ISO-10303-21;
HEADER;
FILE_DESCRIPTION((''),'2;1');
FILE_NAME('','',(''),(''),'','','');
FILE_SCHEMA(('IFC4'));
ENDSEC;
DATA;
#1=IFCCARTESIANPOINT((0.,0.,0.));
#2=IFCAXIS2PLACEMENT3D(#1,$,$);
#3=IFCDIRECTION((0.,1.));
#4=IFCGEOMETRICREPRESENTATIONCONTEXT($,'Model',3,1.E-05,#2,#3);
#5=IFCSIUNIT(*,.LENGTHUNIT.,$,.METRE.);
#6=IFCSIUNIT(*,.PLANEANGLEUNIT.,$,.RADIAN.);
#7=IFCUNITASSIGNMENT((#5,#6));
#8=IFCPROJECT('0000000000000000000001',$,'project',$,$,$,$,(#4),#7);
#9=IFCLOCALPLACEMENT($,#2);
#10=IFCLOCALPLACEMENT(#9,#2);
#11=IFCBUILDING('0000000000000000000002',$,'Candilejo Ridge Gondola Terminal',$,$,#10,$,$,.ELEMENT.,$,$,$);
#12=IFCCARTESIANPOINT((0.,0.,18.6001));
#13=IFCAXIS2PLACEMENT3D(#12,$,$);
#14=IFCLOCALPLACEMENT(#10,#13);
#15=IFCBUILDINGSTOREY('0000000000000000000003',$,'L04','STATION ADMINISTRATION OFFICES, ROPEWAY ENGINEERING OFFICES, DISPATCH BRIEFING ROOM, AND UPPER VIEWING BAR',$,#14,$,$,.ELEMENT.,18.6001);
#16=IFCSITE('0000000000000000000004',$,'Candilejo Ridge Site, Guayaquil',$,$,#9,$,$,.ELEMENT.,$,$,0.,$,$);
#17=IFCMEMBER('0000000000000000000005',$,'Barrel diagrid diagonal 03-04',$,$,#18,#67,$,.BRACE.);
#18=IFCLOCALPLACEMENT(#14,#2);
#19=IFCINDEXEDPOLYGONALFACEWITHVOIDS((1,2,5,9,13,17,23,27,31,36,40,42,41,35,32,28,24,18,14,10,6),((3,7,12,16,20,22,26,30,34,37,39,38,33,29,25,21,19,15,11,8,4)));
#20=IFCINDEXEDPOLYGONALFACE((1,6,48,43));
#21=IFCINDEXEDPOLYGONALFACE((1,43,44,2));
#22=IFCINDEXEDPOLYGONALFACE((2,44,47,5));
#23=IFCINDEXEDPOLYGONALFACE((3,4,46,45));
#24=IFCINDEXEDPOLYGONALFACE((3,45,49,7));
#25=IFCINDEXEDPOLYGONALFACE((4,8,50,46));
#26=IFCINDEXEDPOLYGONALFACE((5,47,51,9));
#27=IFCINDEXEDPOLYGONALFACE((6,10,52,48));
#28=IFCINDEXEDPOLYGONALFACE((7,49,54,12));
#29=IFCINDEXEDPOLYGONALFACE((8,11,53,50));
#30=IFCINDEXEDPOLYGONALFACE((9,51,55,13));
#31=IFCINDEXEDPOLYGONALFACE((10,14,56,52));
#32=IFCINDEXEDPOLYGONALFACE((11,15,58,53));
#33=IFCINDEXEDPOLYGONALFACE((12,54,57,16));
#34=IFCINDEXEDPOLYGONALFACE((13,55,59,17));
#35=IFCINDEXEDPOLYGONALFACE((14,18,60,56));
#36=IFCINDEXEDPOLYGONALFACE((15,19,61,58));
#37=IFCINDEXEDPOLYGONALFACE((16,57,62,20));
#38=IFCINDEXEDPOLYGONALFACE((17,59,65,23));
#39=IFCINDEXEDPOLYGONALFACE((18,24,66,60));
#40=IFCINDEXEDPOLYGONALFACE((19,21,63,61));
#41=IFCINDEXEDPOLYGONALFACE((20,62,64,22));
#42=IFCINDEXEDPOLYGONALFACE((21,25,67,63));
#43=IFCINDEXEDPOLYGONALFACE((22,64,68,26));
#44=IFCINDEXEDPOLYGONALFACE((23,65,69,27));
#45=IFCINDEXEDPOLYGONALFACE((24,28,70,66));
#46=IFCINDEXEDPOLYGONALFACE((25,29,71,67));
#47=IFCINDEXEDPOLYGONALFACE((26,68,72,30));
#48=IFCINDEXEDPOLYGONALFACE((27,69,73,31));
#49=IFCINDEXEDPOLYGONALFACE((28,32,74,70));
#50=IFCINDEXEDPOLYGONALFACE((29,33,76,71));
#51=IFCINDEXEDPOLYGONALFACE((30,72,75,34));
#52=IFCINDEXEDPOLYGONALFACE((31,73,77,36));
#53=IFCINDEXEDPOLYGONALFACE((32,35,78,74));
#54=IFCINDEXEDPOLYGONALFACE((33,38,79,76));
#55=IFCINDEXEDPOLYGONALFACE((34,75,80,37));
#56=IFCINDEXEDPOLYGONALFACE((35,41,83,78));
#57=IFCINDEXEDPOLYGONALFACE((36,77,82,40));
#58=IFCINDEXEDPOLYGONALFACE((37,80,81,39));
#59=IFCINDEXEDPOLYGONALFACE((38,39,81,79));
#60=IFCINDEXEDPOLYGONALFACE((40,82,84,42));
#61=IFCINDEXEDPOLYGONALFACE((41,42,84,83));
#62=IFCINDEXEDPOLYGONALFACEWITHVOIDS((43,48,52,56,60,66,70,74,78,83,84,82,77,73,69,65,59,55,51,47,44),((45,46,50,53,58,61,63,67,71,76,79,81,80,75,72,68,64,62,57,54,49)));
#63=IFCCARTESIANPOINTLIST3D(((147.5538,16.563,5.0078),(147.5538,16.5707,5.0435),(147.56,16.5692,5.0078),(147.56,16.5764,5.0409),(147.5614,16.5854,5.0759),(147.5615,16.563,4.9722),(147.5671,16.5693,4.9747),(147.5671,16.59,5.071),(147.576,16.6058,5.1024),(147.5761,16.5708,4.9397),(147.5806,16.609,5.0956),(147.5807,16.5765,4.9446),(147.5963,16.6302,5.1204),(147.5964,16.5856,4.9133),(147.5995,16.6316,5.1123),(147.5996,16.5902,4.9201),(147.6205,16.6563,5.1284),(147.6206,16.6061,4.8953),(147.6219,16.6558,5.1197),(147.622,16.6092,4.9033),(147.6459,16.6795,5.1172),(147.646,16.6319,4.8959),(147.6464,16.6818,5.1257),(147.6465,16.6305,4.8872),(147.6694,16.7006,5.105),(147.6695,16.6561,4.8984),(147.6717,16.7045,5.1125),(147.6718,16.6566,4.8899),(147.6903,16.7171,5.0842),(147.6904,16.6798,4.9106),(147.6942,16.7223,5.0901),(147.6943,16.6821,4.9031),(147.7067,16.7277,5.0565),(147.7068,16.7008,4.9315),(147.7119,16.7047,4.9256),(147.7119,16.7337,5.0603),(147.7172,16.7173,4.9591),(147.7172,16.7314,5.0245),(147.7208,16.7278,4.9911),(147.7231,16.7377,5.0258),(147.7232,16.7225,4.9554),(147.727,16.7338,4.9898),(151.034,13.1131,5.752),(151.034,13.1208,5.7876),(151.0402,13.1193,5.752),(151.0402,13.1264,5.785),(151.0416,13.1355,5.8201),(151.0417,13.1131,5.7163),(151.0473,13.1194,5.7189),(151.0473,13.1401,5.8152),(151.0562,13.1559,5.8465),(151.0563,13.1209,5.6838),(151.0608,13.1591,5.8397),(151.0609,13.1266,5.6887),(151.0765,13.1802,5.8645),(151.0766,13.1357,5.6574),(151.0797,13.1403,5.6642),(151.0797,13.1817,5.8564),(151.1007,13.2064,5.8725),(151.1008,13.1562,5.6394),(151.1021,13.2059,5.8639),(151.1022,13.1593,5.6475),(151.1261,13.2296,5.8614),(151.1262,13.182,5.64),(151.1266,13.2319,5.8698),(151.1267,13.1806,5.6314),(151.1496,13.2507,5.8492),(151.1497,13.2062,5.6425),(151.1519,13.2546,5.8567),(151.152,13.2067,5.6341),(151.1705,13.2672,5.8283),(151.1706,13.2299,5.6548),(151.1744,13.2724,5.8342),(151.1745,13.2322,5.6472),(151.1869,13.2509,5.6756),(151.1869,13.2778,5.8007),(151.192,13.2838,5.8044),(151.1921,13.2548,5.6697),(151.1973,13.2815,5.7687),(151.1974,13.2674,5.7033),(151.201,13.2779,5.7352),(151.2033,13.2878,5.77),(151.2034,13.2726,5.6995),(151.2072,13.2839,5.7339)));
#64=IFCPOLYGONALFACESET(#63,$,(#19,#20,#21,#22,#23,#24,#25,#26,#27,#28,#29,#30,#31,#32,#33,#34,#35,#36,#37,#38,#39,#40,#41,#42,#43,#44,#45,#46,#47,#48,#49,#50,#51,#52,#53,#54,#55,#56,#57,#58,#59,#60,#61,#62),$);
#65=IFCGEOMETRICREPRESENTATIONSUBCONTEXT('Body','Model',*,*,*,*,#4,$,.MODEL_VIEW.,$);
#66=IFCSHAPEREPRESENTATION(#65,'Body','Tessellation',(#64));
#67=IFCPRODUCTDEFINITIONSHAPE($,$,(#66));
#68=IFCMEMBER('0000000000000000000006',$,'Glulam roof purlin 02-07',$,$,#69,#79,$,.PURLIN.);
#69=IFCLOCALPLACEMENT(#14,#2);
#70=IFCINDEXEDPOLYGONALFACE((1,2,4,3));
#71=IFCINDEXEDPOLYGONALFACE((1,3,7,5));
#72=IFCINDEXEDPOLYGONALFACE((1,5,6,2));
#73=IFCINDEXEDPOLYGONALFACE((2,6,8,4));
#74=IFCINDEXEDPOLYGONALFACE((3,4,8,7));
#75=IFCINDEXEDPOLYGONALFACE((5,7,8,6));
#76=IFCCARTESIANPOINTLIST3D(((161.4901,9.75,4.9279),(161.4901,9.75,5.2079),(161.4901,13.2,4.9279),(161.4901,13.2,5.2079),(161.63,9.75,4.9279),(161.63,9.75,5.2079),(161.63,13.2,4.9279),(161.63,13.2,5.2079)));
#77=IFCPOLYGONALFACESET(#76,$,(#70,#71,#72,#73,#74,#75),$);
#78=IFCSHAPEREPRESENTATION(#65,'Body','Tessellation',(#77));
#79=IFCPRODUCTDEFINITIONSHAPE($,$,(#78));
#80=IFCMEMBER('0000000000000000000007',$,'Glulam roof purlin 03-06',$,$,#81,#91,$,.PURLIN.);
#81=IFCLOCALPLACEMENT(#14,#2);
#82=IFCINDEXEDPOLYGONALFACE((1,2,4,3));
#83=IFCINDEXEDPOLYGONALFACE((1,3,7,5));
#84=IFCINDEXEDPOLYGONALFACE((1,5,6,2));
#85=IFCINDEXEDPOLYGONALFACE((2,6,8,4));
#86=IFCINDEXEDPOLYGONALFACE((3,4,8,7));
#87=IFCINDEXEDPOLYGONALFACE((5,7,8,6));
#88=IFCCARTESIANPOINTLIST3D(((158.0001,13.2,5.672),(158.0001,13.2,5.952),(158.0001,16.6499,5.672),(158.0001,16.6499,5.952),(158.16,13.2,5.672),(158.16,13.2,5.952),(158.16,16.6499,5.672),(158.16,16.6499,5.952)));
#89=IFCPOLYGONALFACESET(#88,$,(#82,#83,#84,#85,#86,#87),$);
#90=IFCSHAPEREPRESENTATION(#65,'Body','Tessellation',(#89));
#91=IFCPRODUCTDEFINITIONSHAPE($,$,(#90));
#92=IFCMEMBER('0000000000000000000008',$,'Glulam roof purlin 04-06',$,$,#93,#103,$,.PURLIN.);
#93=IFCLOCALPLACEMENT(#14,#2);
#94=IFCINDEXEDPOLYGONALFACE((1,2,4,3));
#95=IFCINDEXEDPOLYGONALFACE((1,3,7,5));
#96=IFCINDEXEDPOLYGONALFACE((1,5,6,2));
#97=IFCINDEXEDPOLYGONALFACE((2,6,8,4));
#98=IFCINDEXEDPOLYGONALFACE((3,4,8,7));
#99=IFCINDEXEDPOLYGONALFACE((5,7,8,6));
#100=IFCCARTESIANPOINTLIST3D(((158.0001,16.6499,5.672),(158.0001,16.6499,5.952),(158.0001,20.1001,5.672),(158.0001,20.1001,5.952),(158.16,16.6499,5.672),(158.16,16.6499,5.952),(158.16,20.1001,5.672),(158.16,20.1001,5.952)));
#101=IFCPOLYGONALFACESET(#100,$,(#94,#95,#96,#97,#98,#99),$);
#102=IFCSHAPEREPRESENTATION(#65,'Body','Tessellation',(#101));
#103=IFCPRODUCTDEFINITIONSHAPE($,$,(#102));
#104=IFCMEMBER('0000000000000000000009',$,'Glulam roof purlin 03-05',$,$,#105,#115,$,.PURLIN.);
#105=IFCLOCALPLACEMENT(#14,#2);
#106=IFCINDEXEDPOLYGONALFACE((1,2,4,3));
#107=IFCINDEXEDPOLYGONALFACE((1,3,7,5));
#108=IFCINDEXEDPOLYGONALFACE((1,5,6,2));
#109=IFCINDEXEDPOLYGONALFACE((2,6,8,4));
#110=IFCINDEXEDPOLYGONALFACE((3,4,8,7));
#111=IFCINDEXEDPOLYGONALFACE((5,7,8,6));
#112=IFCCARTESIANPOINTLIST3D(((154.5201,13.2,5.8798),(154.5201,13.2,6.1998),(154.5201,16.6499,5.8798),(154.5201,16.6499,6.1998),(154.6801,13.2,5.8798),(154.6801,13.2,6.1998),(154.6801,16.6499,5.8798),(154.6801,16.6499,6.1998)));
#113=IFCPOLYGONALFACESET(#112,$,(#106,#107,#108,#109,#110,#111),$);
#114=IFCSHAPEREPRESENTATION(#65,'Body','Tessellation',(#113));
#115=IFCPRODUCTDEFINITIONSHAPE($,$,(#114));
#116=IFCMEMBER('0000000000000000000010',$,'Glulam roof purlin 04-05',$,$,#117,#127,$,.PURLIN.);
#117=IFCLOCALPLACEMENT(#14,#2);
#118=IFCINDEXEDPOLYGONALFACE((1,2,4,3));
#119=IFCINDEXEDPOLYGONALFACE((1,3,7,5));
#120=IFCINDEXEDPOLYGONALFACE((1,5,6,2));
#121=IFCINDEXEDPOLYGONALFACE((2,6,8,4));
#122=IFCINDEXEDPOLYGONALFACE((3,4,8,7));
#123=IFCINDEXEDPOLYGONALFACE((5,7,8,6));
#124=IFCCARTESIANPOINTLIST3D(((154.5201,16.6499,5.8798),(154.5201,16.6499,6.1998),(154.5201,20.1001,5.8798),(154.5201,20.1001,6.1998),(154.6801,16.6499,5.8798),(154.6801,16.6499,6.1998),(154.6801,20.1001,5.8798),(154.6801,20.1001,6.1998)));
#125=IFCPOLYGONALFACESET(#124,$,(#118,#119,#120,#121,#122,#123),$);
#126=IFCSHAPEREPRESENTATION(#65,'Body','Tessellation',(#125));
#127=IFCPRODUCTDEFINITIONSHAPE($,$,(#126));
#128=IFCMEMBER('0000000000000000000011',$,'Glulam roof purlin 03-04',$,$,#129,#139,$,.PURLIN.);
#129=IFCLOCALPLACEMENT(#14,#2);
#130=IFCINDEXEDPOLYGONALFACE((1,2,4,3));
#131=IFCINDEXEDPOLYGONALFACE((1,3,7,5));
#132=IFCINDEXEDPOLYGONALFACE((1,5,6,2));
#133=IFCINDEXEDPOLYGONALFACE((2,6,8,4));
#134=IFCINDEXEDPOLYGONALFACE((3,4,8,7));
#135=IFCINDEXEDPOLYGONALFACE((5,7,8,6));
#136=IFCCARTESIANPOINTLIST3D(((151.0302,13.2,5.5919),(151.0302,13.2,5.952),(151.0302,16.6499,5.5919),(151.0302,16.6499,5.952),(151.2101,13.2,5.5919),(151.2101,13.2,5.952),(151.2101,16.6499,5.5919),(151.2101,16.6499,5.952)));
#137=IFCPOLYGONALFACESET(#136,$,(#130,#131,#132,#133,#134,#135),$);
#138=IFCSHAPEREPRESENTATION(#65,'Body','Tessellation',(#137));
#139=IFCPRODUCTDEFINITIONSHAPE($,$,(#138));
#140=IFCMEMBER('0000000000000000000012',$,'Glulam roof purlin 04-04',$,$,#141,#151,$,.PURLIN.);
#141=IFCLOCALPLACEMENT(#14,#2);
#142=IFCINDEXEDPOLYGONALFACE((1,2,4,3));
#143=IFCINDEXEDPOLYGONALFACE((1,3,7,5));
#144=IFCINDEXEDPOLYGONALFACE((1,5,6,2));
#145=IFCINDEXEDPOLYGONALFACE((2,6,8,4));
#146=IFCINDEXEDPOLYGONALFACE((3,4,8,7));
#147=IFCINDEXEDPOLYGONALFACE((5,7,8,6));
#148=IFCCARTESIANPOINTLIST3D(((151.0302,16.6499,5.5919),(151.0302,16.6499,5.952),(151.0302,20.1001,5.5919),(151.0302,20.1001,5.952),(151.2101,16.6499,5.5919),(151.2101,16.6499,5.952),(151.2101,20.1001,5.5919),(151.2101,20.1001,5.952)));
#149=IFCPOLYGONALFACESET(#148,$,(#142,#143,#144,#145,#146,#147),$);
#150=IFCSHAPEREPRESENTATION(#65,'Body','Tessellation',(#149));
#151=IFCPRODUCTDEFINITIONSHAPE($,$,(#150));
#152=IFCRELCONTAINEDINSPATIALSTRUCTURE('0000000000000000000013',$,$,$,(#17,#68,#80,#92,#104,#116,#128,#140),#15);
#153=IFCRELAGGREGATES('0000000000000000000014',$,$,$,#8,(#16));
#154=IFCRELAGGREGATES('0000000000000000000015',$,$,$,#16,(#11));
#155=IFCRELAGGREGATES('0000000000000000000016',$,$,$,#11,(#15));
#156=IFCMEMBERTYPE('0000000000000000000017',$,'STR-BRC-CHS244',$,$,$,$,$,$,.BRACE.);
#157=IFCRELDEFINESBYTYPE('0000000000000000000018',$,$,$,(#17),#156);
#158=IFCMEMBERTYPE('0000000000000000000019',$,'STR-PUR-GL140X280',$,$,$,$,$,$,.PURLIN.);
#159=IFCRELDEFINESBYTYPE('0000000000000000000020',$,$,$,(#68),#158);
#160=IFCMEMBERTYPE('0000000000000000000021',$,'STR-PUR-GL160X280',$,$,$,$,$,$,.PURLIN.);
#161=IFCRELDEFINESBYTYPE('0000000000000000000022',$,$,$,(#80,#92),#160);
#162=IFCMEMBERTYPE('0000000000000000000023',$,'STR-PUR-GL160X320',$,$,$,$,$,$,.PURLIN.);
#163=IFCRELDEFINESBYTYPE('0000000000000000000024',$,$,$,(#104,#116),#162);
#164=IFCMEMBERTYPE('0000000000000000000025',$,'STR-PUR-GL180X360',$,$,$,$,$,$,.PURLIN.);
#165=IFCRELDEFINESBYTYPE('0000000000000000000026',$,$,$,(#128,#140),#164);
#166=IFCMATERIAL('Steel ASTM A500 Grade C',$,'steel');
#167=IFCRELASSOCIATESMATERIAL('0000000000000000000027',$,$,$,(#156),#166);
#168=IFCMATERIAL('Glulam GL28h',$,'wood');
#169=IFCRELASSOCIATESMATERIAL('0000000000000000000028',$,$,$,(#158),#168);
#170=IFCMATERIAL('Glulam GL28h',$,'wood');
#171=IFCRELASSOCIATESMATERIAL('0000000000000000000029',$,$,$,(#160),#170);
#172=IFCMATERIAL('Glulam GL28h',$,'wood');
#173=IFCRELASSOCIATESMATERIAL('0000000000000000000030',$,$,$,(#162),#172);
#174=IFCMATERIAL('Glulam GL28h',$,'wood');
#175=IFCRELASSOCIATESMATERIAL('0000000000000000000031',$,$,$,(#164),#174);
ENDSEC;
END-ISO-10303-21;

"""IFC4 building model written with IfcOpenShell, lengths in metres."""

from ifc_helpers import new_model, si_unit, direction, frame, origin, origin_2d, place, context, subcontext, project, spatial, rectangle, hollow_circle, extrude, material, material_profile, profile_set, type_object, element, save


model = new_model("IFC4")

# Units and contexts
model_context = context("Model", 3, precision=1e-05, world=origin(), true_north=direction((0.0, 1.0)))
body_context = subcontext(model_context, "Body", "Model", "MODEL_VIEW")
ifc_project = project(units=[si_unit("LENGTHUNIT", "METRE"), si_unit("PLANEANGLEUNIT", "RADIAN")], contexts=[model_context])

# Site, building, storey
site_placement = place(None, origin())
site = spatial("IfcSite", under=ifc_project, at=site_placement, Name="Candilejo Ridge Site, Guayaquil", CompositionType="ELEMENT", RefElevation=0.0)
building_placement = place(site_placement, origin())
building = spatial("IfcBuilding", under=site, at=building_placement, Name="Candilejo Ridge Gondola Terminal", CompositionType="ELEMENT")
storey_placement = place(building_placement, frame((0.0, 0.0, 18.6001)))
storey = spatial("IfcBuildingStorey", under=building, at=storey_placement, Name="L04", Description="STATION ADMINISTRATION OFFICES, ROPEWAY ENGINEERING OFFICES, DISPATCH BRIEFING ROOM, AND UPPER VIEWING BAR", CompositionType="ELEMENT", Elevation=18.6001)

# Members
ifc_material_1 = material(Name="Steel ASTM A500 Grade C", Category="steel")
ifc_material_profile_1 = material_profile(ifc_material_1, hollow_circle(Radius=0.1223, WallThickness=0.0088, at=origin_2d()))
ifc_profile_set_1 = profile_set([ifc_material_profile_1], Name="Steel ASTM A500 Grade C")
member_type_1 = type_object("IfcMemberType", Name="STR-BRC-CHS244", PredefinedType="BRACE", material=ifc_profile_set_1)
member_1_placement = place(storey_placement, frame((151.1201, 13.2, 5.752), z_axis=(-0.70214, 0.696032, -0.150131), x_axis=(-0.704011, -0.710189, 0.0)))
element("IfcMember", 1, at=member_1_placement, inside=storey, type_object=member_type_1, Name="Barrel diagrid diagonal 03-04", PredefinedType="BRACE", context=body_context, shape_type="SweptSolid", body=[
    extrude(hollow_circle(Radius=0.1223, WallThickness=0.0088, at=origin_2d()), origin(), (0.0, 0.0, 1.0), 4.9565),
])
ifc_material_2 = material(Name="Glulam GL28h", Category="wood")
ifc_material_profile_2 = material_profile(ifc_material_2, rectangle(XDim=0.1399, YDim=0.28, at=origin_2d()))
ifc_profile_set_2 = profile_set([ifc_material_profile_2], Name="Glulam GL28h")
member_type_2 = type_object("IfcMemberType", Name="STR-PUR-GL140X280", PredefinedType="PURLIN", material=ifc_profile_set_2)
member_2_placement = place(storey_placement, frame((161.5601, 9.75, 5.0679), z_axis=(0.0, 1.0, 0.0), x_axis=(-1.0, 0.0, 0.0)))
element("IfcMember", 2, at=member_2_placement, inside=storey, type_object=member_type_2, Name="Glulam roof purlin 02-07", PredefinedType="PURLIN", context=body_context, shape_type="SweptSolid", body=[
    extrude(rectangle(XDim=0.1399, YDim=0.28, at=origin_2d()), origin(), (0.0, 0.0, 1.0), 3.45),
])
ifc_material_3 = material(Name="Glulam GL28h", Category="wood")
ifc_material_profile_3 = material_profile(ifc_material_3, rectangle(XDim=0.1599, YDim=0.28, at=origin_2d()))
ifc_profile_set_3 = profile_set([ifc_material_profile_3], Name="Glulam GL28h")
member_type_3 = type_object("IfcMemberType", Name="STR-PUR-GL160X280", PredefinedType="PURLIN", material=ifc_profile_set_3)
member_3_placement = place(storey_placement, frame((158.0801, 13.2, 5.812), z_axis=(0.0, 1.0, 0.0), x_axis=(-1.0, 0.0, 0.0)))
element("IfcMember", 3, at=member_3_placement, inside=storey, type_object=member_type_3, Name="Glulam roof purlin 03-06", PredefinedType="PURLIN", context=body_context, shape_type="SweptSolid", body=[
    extrude(rectangle(XDim=0.1599, YDim=0.28, at=origin_2d()), origin(), (0.0, 0.0, 1.0), 3.45),
])
member_4_placement = place(storey_placement, frame((158.0801, 16.6499, 5.812), z_axis=(0.0, 1.0, 0.0), x_axis=(-1.0, 0.0, 0.0)))
element("IfcMember", 4, at=member_4_placement, inside=storey, type_object=member_type_3, Name="Glulam roof purlin 04-06", PredefinedType="PURLIN", context=body_context, shape_type="SweptSolid", body=[
    extrude(rectangle(XDim=0.1599, YDim=0.28, at=origin_2d()), origin(), (0.0, 0.0, 1.0), 3.4502),
])
ifc_material_4 = material(Name="Glulam GL28h", Category="wood")
ifc_material_profile_4 = material_profile(ifc_material_4, rectangle(XDim=0.1599, YDim=0.3201, at=origin_2d()))
ifc_profile_set_4 = profile_set([ifc_material_profile_4], Name="Glulam GL28h")
member_type_4 = type_object("IfcMemberType", Name="STR-PUR-GL160X320", PredefinedType="PURLIN", material=ifc_profile_set_4)
member_5_placement = place(storey_placement, frame((154.6001, 13.2, 6.0398), z_axis=(0.0, 1.0, 0.0), x_axis=(-1.0, 0.0, 0.0)))
element("IfcMember", 5, at=member_5_placement, inside=storey, type_object=member_type_4, Name="Glulam roof purlin 03-05", PredefinedType="PURLIN", context=body_context, shape_type="SweptSolid", body=[
    extrude(rectangle(XDim=0.1599, YDim=0.3201, at=origin_2d()), origin(), (0.0, 0.0, 1.0), 3.45),
])
member_6_placement = place(storey_placement, frame((154.6001, 16.6499, 6.0398), z_axis=(0.0, 1.0, 0.0), x_axis=(-1.0, 0.0, 0.0)))
element("IfcMember", 6, at=member_6_placement, inside=storey, type_object=member_type_4, Name="Glulam roof purlin 04-05", PredefinedType="PURLIN", context=body_context, shape_type="SweptSolid", body=[
    extrude(rectangle(XDim=0.1599, YDim=0.3201, at=origin_2d()), origin(), (0.0, 0.0, 1.0), 3.4502),
])
ifc_material_5 = material(Name="Glulam GL28h", Category="wood")
ifc_material_profile_5 = material_profile(ifc_material_5, rectangle(XDim=0.1799, YDim=0.3601, at=origin_2d()))
ifc_profile_set_5 = profile_set([ifc_material_profile_5], Name="Glulam GL28h")
member_type_5 = type_object("IfcMemberType", Name="STR-PUR-GL180X360", PredefinedType="PURLIN", material=ifc_profile_set_5)
member_7_placement = place(storey_placement, frame((151.1201, 13.2, 5.772), z_axis=(0.0, 1.0, 0.0), x_axis=(-1.0, 0.0, 0.0)))
element("IfcMember", 7, at=member_7_placement, inside=storey, type_object=member_type_5, Name="Glulam roof purlin 03-04", PredefinedType="PURLIN", context=body_context, shape_type="SweptSolid", body=[
    extrude(rectangle(XDim=0.1799, YDim=0.3601, at=origin_2d()), origin(), (0.0, 0.0, 1.0), 3.45),
])
member_8_placement = place(storey_placement, frame((151.1201, 16.6499, 5.772), z_axis=(0.0, 1.0, 0.0), x_axis=(-1.0, 0.0, 0.0)))
element("IfcMember", 8, at=member_8_placement, inside=storey, type_object=member_type_5, Name="Glulam roof purlin 04-04", PredefinedType="PURLIN", context=body_context, shape_type="SweptSolid", body=[
    extrude(rectangle(XDim=0.1799, YDim=0.3601, at=origin_2d()), origin(), (0.0, 0.0, 1.0), 3.4502),
])

save(model, "model.ifc")
